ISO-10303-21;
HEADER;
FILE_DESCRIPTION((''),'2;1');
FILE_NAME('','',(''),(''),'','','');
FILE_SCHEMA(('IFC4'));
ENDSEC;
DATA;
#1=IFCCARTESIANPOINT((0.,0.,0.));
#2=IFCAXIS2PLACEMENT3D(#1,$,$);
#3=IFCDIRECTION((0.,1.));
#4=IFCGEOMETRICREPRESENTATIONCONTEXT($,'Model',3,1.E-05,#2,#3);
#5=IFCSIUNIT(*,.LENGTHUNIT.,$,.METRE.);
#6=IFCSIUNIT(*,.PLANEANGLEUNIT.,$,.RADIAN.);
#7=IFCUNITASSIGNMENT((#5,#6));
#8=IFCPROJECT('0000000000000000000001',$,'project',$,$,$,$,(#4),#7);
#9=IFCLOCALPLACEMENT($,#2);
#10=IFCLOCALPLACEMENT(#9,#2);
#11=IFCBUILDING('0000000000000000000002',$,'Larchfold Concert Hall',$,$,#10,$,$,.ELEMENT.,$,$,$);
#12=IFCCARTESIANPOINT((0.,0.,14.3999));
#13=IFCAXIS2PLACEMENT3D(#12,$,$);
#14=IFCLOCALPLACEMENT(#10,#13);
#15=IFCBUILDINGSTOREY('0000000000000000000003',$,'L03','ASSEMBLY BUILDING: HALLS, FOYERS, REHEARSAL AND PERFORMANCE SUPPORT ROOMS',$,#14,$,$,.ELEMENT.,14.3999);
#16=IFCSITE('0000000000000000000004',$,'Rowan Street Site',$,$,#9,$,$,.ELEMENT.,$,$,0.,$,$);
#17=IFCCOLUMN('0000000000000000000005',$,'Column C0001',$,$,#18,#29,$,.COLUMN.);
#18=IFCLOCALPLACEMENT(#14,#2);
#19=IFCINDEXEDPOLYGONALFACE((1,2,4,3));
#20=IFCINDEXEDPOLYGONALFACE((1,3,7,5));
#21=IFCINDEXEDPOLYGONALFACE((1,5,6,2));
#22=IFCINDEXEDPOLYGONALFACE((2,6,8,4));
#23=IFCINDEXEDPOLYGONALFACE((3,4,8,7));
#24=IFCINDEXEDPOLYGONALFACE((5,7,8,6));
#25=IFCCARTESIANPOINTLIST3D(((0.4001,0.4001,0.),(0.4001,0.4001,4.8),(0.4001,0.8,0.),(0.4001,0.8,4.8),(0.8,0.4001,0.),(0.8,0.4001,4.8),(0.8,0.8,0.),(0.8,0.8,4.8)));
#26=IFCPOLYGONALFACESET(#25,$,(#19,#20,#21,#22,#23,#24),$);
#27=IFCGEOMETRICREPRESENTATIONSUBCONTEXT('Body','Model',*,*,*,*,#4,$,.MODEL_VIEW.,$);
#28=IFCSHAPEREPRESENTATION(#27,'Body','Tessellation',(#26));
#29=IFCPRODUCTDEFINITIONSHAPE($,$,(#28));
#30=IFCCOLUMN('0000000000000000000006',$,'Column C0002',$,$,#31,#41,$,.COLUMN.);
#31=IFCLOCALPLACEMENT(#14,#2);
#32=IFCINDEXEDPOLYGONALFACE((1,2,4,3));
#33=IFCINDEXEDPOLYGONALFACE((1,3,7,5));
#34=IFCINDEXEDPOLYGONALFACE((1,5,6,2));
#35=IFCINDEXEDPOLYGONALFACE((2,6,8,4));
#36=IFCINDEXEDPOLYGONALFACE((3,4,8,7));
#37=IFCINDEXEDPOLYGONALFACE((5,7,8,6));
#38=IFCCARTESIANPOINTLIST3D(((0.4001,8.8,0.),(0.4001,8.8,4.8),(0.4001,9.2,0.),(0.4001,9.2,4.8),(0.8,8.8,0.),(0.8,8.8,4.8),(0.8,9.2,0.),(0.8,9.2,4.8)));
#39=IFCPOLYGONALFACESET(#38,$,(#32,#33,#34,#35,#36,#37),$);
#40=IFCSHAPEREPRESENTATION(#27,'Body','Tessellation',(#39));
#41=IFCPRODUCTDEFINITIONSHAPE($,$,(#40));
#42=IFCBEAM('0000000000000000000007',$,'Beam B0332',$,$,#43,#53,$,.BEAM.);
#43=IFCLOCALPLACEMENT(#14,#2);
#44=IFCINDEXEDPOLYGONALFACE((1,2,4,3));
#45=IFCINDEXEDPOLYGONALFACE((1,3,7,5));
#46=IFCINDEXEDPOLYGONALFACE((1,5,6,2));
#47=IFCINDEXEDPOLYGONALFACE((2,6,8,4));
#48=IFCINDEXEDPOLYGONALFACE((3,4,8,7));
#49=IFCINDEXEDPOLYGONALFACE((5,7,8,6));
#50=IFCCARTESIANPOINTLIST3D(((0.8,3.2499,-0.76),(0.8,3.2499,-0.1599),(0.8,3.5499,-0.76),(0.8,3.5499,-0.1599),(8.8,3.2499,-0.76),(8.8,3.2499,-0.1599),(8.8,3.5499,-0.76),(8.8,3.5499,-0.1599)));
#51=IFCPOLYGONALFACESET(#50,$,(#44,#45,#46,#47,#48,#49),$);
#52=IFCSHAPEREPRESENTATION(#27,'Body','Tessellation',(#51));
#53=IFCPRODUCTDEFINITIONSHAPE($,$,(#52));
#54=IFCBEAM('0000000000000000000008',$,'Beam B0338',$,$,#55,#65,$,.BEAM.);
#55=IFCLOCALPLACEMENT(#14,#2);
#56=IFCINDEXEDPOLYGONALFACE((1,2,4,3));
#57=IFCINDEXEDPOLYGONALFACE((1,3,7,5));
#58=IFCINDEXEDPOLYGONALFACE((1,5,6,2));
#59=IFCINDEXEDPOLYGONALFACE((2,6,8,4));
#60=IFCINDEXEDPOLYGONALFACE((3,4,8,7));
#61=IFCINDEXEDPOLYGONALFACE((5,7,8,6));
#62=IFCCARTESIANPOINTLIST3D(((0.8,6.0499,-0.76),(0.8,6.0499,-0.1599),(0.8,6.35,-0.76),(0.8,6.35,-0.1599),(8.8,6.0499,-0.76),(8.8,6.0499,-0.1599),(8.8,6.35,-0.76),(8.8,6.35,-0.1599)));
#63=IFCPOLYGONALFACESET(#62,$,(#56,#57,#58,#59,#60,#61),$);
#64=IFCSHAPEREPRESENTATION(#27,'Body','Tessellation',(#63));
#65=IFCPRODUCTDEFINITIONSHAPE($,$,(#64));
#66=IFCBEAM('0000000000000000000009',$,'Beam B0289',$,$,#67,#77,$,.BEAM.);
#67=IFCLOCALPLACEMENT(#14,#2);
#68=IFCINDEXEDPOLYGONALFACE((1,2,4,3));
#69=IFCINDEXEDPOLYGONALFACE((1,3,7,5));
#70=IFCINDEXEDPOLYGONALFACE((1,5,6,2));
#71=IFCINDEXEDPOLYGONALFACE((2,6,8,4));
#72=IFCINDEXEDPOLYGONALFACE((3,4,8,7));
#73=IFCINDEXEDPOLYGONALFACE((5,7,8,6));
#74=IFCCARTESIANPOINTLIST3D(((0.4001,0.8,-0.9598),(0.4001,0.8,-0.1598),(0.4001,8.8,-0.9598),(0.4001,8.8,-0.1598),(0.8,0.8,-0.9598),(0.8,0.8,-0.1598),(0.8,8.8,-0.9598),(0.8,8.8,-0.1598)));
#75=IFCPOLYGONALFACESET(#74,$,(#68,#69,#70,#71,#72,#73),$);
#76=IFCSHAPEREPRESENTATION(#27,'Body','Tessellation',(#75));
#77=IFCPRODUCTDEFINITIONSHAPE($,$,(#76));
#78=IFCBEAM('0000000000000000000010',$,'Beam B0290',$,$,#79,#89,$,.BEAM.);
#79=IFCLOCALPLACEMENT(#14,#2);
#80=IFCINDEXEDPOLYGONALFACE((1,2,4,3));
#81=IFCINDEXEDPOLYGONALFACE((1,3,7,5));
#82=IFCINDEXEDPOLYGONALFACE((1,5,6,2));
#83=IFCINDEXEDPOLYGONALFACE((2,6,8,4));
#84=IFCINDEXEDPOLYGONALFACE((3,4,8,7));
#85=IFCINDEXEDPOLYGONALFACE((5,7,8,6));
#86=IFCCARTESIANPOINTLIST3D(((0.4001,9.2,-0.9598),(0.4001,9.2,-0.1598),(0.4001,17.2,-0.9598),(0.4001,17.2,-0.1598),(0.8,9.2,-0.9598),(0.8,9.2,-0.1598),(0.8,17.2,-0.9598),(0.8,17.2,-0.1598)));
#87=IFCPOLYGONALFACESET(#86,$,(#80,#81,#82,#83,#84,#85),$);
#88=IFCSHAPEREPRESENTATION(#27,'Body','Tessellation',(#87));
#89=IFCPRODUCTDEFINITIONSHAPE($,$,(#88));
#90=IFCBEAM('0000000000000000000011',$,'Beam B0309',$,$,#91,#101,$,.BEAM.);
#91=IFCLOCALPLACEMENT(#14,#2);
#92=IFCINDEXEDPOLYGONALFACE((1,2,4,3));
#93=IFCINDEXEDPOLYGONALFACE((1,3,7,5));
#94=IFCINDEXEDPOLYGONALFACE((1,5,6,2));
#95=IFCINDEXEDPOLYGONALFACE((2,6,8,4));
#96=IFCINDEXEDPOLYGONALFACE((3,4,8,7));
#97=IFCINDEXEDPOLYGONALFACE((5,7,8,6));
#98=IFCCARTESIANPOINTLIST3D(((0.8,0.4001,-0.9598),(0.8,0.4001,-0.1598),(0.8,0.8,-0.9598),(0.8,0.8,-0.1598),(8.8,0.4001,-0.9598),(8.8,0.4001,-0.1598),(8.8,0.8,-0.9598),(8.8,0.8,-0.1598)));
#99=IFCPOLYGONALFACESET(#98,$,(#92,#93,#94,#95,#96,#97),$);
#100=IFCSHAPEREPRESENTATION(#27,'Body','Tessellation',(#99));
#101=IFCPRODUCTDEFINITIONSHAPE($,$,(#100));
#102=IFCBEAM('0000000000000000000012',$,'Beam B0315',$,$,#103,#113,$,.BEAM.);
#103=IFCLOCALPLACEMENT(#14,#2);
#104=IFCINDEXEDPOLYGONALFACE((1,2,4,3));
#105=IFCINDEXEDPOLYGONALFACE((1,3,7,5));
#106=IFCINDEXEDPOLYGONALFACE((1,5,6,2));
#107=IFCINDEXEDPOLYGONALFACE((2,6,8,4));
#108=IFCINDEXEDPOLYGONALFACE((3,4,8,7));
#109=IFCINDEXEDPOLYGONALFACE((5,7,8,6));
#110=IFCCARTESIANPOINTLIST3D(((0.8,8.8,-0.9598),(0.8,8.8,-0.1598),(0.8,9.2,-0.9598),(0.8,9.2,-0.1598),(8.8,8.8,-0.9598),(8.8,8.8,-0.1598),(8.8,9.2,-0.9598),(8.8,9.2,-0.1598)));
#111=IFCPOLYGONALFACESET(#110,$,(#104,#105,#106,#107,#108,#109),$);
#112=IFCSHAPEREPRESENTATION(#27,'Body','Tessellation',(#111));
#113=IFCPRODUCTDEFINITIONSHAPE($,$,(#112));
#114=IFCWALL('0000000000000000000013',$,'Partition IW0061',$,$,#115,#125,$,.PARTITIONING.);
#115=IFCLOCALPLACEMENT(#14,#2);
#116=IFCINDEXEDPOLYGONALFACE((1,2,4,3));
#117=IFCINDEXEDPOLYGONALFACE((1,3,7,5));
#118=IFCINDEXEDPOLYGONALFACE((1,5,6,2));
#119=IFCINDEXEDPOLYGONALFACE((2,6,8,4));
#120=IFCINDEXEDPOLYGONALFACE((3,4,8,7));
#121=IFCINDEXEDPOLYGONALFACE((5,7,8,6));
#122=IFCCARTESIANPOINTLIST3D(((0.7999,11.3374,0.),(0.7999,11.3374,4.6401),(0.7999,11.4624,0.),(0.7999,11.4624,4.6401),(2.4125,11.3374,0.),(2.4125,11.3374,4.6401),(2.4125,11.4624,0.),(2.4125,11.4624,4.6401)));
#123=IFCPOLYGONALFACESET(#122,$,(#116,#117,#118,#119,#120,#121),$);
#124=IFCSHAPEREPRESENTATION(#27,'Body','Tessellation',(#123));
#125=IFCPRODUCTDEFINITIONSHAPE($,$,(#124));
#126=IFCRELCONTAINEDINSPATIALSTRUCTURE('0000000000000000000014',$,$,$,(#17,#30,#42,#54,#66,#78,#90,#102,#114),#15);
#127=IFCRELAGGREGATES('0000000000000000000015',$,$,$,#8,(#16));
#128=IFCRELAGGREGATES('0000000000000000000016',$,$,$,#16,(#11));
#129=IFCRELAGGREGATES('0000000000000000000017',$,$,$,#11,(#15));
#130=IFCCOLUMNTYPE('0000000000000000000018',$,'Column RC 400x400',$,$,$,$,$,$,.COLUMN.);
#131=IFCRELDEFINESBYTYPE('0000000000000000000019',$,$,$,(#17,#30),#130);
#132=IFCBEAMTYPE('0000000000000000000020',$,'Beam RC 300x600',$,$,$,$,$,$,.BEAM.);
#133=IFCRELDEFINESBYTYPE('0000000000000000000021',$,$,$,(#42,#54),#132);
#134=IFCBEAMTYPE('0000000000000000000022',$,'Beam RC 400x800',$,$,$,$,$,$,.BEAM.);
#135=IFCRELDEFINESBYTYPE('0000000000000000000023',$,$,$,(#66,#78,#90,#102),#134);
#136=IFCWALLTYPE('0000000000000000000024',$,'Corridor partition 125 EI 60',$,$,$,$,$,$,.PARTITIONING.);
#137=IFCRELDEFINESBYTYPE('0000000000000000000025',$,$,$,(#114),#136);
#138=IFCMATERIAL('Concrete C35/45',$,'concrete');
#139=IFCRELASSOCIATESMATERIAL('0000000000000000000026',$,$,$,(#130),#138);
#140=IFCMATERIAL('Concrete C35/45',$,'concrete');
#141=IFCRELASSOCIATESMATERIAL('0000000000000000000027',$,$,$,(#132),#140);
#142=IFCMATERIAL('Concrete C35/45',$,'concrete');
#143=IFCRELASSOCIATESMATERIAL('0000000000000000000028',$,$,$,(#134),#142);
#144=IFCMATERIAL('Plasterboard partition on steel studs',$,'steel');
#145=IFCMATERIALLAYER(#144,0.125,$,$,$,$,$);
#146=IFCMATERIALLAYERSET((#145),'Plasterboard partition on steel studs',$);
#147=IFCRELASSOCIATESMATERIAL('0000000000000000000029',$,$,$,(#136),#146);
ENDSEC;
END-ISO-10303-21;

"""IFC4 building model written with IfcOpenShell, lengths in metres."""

from ifc_helpers import new_model, si_unit, direction, frame, frame_2d, origin, origin_2d, place, context, subcontext, project, spatial, rectangle, extrude, material, layer, layer_set, material_profile, profile_set, type_object, element, save


model = new_model("IFC4")

# Units and contexts
model_context = context("Model", 3, precision=1e-05, world=origin(), true_north=direction((0.0, 1.0)))
body_context = subcontext(model_context, "Body", "Model", "MODEL_VIEW")
ifc_project = project(units=[si_unit("LENGTHUNIT", "METRE"), si_unit("PLANEANGLEUNIT", "RADIAN")], contexts=[model_context])

# Site, building, storey
site_placement = place(None, origin())
site = spatial("IfcSite", under=ifc_project, at=site_placement, Name="Rowan Street Site", CompositionType="ELEMENT", RefElevation=0.0)
building_placement = place(site_placement, origin())
building = spatial("IfcBuilding", under=site, at=building_placement, Name="Larchfold Concert Hall", CompositionType="ELEMENT")
storey_placement = place(building_placement, frame((0.0, 0.0, 14.3999)))
storey = spatial("IfcBuildingStorey", under=building, at=storey_placement, Name="L03", Description="ASSEMBLY BUILDING: HALLS, FOYERS, REHEARSAL AND PERFORMANCE SUPPORT ROOMS", CompositionType="ELEMENT", Elevation=14.3999)

# Columns
ifc_material_1 = material(Name="Concrete C35/45", Category="concrete")
ifc_material_profile_1 = material_profile(ifc_material_1, rectangle(XDim=0.3999, YDim=0.3999, at=origin_2d()))
ifc_profile_set_1 = profile_set([ifc_material_profile_1], Name="Concrete C35/45")
column_type = type_object("IfcColumnType", Name="Column RC 400x400", PredefinedType="COLUMN", material=ifc_profile_set_1)
for number, where, z_axis, x_axis, name in (
    (1, (0.6001, 0.6001, 0.0), (0.0, 0.0, 1.0), (1.0, 0.0, 0.0), "Column C0001"),
    (2, (0.6001, 9.0, 0.0), (0.0, 0.0, 1.0), (1.0, 0.0, 0.0), "Column C0002"),
):
    element("IfcColumn", number, at=place(storey_placement, frame(where, z_axis=z_axis, x_axis=x_axis)), inside=storey, type_object=column_type, Name=name, PredefinedType="COLUMN", context=body_context, shape_type="SweptSolid", body=[
        extrude(rectangle(XDim=0.3999, YDim=0.3999, at=origin_2d()), origin(), (0.0, 0.0, 1.0), 4.8),
    ])

# Beams
ifc_material_2 = material(Name="Concrete C35/45", Category="concrete")
ifc_material_profile_2 = material_profile(ifc_material_2, rectangle(XDim=0.3, YDim=0.6001, at=origin_2d()))
ifc_profile_set_2 = profile_set([ifc_material_profile_2], Name="Concrete C35/45")
beam_type_1 = type_object("IfcBeamType", Name="Beam RC 300x600", PredefinedType="BEAM", material=ifc_profile_set_2)
for number, where, z_axis, x_axis, name in (
    (3, (0.8, 3.3999, -0.46), (1.0, 0.0, 0.0), (0.0, 1.0, 0.0), "Beam B0332"),
    (4, (0.8, 6.2, -0.46), (1.0, 0.0, 0.0), (0.0, 1.0, 0.0), "Beam B0338"),
):
    element("IfcBeam", number, at=place(storey_placement, frame(where, z_axis=z_axis, x_axis=x_axis)), inside=storey, type_object=beam_type_1, Name=name, PredefinedType="BEAM", context=body_context, shape_type="SweptSolid", body=[
        extrude(rectangle(XDim=0.3, YDim=0.6001, at=origin_2d()), origin(), (0.0, 0.0, 1.0), 8.0),
    ])
ifc_material_3 = material(Name="Concrete C35/45", Category="concrete")
ifc_material_profile_3 = material_profile(ifc_material_3, rectangle(XDim=0.3999, YDim=0.8, at=origin_2d()))
ifc_profile_set_3 = profile_set([ifc_material_profile_3], Name="Concrete C35/45")
beam_type_2 = type_object("IfcBeamType", Name="Beam RC 400x800", PredefinedType="BEAM", material=ifc_profile_set_3)
for number, where, z_axis, x_axis, name in (
    (5, (0.6001, 0.8, -0.5598), (0.0, 1.0, 0.0), (-1.0, 0.0, 0.0), "Beam B0289"),
    (6, (0.6001, 9.2, -0.5598), (0.0, 1.0, 0.0), (-1.0, 0.0, 0.0), "Beam B0290"),
    (7, (0.8, 0.6001, -0.5598), (1.0, 0.0, 0.0), (0.0, 1.0, 0.0), "Beam B0309"),
    (8, (0.8, 9.0, -0.5598), (1.0, 0.0, 0.0), (0.0, 1.0, 0.0), "Beam B0315"),
):
    element("IfcBeam", number, at=place(storey_placement, frame(where, z_axis=z_axis, x_axis=x_axis)), inside=storey, type_object=beam_type_2, Name=name, PredefinedType="BEAM", context=body_context, shape_type="SweptSolid", body=[
        extrude(rectangle(XDim=0.3999, YDim=0.8, at=origin_2d()), origin(), (0.0, 0.0, 1.0), 8.0),
    ])

# Wall
ifc_material_4 = material(Name="Plasterboard partition on steel studs", Category="steel")
ifc_layer_1 = layer(ifc_material_4, 0.125)
ifc_layer_set_1 = layer_set([ifc_layer_1], Name="Plasterboard partition on steel studs")
wall_type_1 = type_object("IfcWallType", Name="Corridor partition 125 EI 60", PredefinedType="PARTITIONING", material=ifc_layer_set_1)
wall_1_placement = place(storey_placement, frame((0.8, 11.3999, 0.0), z_axis=(0.0, 0.0, 1.0), x_axis=(1.0, 0.0, 0.0)))
element("IfcWall", 9, at=wall_1_placement, inside=storey, type_object=wall_type_1, Name="Partition IW0061", PredefinedType="PARTITIONING", context=body_context, shape_type="SweptSolid", body=[
    extrude(rectangle(XDim=1.6125, YDim=0.125, at=frame_2d((0.8062, 0.0))), origin(), (0.0, 0.0, 1.0), 4.6401),
])

save(model, "model.ifc")
